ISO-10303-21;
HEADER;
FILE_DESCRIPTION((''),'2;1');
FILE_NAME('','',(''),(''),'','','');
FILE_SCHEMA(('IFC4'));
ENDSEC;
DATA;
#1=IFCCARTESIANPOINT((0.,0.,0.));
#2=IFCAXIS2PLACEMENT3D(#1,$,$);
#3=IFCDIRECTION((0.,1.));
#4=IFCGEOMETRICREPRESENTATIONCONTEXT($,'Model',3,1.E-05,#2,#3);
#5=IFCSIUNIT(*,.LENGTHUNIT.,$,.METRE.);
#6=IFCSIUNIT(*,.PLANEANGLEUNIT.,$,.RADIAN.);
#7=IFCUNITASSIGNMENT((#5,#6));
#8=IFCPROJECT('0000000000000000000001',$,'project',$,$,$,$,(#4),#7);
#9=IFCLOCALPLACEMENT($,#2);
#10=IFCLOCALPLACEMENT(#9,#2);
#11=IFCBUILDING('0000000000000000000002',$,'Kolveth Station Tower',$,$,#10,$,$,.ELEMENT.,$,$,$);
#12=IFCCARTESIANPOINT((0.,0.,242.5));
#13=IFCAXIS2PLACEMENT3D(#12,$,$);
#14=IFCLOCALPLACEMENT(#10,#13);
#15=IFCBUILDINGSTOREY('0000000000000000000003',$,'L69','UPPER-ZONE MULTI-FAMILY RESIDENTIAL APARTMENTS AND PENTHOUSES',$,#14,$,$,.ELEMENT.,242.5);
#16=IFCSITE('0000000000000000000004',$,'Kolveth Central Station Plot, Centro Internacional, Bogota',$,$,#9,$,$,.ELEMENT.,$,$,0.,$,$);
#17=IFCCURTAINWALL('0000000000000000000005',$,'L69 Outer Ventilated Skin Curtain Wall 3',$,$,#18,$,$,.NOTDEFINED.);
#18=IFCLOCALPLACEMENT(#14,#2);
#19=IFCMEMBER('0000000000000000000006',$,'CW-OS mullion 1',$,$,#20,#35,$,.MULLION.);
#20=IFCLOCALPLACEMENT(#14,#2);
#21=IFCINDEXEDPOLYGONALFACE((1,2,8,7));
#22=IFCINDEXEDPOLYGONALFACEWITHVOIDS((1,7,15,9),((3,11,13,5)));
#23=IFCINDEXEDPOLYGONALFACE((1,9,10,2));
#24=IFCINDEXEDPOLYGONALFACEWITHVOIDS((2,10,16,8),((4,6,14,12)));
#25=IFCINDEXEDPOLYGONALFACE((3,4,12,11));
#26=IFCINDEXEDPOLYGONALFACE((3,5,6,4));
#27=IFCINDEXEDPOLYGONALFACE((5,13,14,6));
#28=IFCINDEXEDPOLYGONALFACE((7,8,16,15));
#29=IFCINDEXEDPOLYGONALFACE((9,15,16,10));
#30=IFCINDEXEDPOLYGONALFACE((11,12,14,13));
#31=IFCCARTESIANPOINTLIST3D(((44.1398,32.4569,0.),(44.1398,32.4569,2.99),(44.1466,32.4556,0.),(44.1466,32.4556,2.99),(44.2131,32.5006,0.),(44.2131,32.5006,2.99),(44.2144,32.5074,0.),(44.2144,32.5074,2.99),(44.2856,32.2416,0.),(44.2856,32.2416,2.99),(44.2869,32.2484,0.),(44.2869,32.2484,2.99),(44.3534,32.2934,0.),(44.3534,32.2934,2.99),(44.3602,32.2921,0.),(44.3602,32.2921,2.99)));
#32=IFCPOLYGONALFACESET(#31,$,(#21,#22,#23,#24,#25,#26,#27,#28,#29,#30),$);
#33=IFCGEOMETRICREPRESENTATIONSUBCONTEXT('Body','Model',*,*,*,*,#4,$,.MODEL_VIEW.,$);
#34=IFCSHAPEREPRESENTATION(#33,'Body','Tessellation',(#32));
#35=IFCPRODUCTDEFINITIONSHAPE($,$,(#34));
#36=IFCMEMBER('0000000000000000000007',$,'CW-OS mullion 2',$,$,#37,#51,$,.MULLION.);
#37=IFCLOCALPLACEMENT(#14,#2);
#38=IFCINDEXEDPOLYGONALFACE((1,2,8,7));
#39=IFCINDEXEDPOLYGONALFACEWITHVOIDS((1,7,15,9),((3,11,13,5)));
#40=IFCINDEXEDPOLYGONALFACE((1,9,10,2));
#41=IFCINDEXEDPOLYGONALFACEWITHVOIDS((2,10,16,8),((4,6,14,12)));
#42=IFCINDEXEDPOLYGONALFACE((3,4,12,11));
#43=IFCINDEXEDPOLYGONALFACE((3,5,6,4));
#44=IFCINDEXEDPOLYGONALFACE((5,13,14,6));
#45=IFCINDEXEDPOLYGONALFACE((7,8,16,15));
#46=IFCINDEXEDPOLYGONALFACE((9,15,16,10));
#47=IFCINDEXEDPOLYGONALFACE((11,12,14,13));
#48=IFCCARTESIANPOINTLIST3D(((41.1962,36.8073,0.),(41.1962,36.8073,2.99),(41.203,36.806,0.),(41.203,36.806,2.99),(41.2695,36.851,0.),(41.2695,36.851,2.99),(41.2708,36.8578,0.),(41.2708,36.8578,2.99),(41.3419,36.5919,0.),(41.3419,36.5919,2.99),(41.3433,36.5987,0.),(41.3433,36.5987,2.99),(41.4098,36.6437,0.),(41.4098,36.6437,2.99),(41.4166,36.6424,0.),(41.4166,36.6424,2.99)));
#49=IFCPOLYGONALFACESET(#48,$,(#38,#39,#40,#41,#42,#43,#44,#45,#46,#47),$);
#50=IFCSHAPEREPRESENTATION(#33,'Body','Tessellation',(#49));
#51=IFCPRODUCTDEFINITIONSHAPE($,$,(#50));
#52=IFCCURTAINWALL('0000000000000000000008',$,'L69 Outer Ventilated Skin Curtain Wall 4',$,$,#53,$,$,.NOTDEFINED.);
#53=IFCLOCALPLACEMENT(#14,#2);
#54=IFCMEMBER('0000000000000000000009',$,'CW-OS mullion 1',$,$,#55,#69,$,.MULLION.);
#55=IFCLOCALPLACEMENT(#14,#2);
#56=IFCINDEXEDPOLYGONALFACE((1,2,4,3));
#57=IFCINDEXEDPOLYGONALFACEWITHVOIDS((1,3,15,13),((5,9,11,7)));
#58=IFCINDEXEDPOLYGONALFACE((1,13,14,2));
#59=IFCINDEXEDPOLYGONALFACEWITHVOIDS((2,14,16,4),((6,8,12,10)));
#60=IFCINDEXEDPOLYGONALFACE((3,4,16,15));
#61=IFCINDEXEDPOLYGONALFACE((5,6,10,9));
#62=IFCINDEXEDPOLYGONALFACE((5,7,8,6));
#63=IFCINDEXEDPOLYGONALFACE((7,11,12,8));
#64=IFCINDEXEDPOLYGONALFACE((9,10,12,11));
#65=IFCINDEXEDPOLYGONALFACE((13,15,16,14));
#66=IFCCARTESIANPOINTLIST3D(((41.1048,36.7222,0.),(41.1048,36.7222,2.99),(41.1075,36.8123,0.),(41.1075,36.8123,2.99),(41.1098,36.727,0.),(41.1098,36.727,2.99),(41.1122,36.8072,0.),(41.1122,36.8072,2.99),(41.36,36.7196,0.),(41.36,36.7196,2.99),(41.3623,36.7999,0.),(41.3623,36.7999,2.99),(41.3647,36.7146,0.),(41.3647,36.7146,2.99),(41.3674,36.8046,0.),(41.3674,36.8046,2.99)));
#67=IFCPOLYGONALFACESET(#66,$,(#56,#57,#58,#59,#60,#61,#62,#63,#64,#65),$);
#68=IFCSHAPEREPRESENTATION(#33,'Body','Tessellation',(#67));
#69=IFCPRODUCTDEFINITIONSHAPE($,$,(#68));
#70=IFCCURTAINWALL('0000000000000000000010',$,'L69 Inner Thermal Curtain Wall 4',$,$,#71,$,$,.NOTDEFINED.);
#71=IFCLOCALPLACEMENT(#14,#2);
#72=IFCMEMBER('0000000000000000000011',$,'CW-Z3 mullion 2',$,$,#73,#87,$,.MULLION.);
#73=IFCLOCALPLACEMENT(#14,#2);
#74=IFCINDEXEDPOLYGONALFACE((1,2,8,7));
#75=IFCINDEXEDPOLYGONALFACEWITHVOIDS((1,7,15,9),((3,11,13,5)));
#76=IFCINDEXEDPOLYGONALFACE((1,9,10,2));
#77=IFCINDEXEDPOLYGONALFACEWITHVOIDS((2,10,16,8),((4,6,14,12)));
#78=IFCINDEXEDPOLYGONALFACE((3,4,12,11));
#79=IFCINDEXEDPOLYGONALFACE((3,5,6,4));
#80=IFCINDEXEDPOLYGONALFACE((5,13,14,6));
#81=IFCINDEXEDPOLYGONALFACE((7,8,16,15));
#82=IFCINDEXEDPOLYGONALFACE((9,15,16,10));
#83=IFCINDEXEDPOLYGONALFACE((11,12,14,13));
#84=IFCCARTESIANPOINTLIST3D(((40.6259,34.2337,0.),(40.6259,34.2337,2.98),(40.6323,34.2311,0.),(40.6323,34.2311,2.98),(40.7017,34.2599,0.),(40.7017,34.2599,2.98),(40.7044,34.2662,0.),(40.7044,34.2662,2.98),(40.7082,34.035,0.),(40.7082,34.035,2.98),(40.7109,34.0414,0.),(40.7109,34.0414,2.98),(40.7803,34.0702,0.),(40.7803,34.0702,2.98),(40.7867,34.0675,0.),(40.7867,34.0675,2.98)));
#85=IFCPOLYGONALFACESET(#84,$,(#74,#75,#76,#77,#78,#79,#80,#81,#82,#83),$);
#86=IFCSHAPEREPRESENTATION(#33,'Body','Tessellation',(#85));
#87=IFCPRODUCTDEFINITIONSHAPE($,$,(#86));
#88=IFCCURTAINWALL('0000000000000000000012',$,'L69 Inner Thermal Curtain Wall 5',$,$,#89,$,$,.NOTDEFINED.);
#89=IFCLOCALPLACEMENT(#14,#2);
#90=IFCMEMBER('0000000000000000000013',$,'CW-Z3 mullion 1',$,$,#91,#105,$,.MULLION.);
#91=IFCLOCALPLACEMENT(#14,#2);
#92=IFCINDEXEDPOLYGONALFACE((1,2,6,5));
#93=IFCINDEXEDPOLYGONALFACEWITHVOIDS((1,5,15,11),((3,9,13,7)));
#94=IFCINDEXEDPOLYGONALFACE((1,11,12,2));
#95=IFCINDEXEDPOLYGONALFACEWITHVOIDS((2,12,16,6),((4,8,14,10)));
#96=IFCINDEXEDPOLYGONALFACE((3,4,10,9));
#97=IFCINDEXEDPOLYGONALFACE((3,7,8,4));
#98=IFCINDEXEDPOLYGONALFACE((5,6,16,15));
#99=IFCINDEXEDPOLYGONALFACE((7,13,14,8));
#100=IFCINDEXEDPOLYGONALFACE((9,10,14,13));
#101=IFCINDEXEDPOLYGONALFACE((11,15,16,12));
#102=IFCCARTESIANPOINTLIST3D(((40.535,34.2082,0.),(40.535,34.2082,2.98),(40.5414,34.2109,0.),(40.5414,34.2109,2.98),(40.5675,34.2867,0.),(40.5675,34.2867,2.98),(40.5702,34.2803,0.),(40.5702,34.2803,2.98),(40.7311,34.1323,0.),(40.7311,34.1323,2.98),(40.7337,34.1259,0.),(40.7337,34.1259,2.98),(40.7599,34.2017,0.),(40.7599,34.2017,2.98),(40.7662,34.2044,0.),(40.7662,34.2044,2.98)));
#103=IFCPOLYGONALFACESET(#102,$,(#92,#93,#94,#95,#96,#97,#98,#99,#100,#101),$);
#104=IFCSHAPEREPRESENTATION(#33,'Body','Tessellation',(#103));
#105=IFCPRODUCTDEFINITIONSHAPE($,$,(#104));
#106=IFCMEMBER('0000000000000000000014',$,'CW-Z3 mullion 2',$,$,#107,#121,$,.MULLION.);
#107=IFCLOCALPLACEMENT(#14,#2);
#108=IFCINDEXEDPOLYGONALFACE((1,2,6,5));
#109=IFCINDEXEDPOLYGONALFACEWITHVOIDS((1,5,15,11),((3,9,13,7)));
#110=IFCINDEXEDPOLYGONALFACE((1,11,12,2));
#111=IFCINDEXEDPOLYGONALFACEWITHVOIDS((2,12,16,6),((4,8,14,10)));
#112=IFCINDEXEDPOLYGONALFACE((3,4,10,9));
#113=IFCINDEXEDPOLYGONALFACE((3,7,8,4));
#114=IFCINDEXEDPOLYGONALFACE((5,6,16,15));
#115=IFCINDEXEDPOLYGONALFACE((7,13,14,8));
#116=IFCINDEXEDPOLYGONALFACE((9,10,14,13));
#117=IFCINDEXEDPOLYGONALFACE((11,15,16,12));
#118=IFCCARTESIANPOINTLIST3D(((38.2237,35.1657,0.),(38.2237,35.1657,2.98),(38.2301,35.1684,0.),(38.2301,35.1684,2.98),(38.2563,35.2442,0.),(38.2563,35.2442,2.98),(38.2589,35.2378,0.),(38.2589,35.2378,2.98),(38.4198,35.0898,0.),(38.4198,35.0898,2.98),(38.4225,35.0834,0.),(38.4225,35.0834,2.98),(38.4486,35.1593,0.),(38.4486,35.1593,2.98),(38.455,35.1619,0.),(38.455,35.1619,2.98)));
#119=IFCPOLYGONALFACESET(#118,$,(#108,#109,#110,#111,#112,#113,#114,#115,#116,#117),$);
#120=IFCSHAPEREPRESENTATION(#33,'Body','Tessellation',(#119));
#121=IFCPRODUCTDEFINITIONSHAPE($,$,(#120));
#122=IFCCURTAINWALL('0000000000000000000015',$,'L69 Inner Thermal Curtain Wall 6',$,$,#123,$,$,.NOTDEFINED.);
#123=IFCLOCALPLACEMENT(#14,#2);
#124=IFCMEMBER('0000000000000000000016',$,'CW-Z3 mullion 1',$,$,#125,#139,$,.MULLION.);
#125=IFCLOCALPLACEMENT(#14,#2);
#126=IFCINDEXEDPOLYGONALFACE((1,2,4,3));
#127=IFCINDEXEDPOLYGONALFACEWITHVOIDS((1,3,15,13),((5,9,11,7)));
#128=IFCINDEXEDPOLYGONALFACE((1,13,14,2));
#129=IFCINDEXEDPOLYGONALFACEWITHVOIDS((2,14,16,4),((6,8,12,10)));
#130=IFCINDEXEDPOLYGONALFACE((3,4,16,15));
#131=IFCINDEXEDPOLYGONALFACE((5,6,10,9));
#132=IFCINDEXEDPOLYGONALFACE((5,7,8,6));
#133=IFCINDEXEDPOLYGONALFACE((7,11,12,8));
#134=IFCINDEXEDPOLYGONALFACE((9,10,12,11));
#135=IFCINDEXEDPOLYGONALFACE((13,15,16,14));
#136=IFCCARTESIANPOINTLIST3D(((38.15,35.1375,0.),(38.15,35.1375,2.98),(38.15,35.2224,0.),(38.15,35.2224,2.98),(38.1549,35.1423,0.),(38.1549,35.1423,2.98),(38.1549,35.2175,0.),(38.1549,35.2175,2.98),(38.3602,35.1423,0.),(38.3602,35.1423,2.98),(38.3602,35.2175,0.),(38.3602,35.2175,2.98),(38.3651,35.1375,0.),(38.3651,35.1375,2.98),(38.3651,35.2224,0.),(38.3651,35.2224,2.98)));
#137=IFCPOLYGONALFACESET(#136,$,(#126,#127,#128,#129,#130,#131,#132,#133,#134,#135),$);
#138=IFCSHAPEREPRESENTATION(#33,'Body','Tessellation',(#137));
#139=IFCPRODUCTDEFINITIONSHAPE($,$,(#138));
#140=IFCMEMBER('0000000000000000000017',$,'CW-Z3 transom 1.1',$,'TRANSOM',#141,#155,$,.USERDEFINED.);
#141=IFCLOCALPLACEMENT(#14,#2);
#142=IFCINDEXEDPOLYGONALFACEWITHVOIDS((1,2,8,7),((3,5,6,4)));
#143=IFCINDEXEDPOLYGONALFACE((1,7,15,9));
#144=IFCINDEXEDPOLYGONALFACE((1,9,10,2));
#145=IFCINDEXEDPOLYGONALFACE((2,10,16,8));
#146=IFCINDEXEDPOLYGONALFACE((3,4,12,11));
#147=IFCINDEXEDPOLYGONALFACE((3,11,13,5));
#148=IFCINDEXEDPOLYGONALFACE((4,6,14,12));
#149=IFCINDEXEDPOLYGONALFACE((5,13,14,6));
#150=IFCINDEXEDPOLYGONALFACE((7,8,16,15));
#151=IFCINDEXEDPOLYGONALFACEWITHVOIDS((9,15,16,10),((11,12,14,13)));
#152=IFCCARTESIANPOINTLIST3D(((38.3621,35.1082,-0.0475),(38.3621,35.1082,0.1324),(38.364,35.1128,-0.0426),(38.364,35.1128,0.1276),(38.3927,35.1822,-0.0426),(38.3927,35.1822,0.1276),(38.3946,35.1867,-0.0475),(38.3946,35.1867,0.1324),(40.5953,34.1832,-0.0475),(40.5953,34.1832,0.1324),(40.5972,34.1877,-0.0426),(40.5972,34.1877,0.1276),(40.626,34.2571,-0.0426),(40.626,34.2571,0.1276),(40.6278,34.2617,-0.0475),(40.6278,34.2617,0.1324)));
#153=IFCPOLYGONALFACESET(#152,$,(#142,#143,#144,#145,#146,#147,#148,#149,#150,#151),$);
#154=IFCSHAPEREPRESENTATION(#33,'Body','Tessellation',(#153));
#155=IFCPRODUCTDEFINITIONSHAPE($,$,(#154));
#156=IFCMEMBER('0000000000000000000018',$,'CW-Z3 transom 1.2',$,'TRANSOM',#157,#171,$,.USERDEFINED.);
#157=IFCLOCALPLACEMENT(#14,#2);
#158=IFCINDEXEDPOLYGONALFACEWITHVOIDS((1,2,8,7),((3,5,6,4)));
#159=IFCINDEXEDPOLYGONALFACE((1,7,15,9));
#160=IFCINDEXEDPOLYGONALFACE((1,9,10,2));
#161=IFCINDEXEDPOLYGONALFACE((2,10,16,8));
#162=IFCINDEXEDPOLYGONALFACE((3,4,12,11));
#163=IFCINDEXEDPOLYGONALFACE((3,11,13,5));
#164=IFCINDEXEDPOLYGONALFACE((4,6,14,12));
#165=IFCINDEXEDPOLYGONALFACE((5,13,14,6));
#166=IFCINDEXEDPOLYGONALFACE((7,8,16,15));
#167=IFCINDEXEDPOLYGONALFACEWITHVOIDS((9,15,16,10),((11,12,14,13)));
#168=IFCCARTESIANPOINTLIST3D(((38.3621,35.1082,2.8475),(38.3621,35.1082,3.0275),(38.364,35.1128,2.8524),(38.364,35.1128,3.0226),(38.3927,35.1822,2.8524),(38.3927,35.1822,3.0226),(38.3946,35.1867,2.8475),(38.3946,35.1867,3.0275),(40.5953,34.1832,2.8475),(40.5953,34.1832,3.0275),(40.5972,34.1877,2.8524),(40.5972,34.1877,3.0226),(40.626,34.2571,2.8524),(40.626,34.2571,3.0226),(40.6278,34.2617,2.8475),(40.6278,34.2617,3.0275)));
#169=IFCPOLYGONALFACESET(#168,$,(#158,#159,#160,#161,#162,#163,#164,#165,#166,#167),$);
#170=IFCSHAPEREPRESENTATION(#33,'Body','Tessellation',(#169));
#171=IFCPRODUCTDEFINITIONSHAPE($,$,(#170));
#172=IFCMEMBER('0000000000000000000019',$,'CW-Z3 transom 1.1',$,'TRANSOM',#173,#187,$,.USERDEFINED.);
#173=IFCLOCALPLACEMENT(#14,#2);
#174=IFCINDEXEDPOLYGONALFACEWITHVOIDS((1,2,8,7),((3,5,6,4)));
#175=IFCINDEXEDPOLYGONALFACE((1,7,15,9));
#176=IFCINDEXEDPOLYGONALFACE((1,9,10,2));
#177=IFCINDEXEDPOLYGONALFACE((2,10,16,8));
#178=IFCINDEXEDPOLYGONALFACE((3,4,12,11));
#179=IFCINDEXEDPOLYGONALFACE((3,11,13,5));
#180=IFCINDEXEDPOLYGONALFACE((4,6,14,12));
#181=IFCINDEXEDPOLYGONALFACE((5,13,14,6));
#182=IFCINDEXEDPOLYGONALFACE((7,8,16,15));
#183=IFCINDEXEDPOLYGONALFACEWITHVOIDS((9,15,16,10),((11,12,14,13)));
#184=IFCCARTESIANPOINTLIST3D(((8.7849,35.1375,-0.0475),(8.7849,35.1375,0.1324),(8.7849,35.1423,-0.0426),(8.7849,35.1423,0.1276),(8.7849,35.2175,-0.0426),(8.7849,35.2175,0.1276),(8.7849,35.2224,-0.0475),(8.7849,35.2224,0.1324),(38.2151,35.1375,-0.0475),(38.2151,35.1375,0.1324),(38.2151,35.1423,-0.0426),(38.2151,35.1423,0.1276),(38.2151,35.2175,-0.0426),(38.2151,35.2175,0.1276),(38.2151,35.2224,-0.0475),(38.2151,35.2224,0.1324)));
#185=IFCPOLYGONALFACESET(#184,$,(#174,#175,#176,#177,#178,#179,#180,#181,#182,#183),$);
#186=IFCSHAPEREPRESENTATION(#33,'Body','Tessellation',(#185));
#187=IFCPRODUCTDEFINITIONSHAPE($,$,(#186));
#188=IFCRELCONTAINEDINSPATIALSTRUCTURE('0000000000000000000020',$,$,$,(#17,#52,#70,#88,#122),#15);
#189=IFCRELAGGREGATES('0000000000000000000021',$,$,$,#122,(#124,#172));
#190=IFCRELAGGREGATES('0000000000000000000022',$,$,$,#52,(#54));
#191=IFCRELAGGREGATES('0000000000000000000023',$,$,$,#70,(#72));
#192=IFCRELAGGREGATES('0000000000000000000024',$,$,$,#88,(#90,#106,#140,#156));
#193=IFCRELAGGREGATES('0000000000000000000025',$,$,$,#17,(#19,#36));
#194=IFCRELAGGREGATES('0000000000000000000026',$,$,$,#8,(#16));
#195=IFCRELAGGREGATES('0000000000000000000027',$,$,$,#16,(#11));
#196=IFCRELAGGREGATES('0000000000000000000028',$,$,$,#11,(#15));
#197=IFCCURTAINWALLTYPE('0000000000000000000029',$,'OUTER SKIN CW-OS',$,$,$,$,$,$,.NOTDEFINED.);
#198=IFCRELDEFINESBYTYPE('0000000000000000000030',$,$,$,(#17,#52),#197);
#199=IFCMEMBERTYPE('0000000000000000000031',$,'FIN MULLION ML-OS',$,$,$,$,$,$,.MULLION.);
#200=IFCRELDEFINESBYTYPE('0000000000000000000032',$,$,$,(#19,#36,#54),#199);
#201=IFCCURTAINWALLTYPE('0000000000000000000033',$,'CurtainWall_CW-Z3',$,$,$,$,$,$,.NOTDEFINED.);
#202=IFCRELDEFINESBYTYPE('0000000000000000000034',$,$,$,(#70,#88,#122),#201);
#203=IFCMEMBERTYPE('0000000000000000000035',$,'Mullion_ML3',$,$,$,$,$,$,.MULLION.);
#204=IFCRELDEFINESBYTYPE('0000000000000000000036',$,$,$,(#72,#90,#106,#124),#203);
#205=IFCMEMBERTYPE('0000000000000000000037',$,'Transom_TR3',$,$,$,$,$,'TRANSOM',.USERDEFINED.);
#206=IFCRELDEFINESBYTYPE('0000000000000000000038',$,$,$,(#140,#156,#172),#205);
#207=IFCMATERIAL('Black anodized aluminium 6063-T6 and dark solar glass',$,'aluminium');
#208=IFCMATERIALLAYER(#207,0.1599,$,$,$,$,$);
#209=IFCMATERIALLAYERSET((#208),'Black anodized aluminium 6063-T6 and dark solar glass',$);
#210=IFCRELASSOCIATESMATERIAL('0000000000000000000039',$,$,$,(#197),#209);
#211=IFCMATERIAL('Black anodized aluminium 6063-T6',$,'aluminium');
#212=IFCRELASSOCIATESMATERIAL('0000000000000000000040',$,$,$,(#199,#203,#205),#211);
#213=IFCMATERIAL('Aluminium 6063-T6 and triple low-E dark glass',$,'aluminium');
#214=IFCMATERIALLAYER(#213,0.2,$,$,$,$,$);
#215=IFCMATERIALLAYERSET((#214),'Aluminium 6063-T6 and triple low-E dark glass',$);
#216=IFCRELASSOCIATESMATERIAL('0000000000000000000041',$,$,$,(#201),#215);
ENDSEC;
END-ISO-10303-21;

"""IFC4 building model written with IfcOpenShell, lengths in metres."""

from ifc_helpers import new_model, si_unit, direction, frame, origin, origin_2d, place, context, subcontext, project, spatial, hollow_rectangle, extrude, source, transform, mapped, material, layer, layer_set, material_profile, profile_set, type_object, element, aggregate, save


model = new_model("IFC4")

# Units and contexts
model_context = context("Model", 3, precision=1e-05, world=origin(), true_north=direction((0.0, 1.0)))
body_context = subcontext(model_context, "Body", "Model", "MODEL_VIEW")
ifc_project = project(units=[si_unit("LENGTHUNIT", "METRE"), si_unit("PLANEANGLEUNIT", "RADIAN")], contexts=[model_context])

# Site, building, storey
site_placement = place(None, origin())
site = spatial("IfcSite", under=ifc_project, at=site_placement, Name="Kolveth Central Station Plot, Centro Internacional, Bogota", CompositionType="ELEMENT", RefElevation=0.0)
building_placement = place(site_placement, origin())
building = spatial("IfcBuilding", under=site, at=building_placement, Name="Kolveth Station Tower", CompositionType="ELEMENT")
storey_placement = place(building_placement, frame((0.0, 0.0, 242.5)))
storey = spatial("IfcBuildingStorey", under=building, at=storey_placement, Name="L69", Description="UPPER-ZONE MULTI-FAMILY RESIDENTIAL APARTMENTS AND PENTHOUSES", CompositionType="ELEMENT", Elevation=242.5)

# Curtain wall, members
ifc_material_1 = material(Name="Black anodized aluminium 6063-T6 and dark solar glass", Category="aluminium")
ifc_layer_1 = layer(ifc_material_1, 0.1599)
ifc_layer_set_1 = layer_set([ifc_layer_1], Name="Black anodized aluminium 6063-T6 and dark solar glass")
curtain_wall_type_1 = type_object("IfcCurtainWallType", Name="OUTER SKIN CW-OS", PredefinedType="NOTDEFINED", material=ifc_layer_set_1)
curtain_wall_1_placement = place(storey_placement, origin())
curtain_wall_1 = element("IfcCurtainWall", 1, at=curtain_wall_1_placement, inside=storey, type_object=curtain_wall_type_1, Name="L69 Outer Ventilated Skin Curtain Wall 3", PredefinedType="NOTDEFINED")
ifc_material_2 = material(Name="Black anodized aluminium 6063-T6", Category="aluminium")
ifc_material_profile_1 = material_profile(ifc_material_2, hollow_rectangle(XDim=0.0901, YDim=0.26, WallThickness=0.0049, at=origin_2d()), Name="ALU-90x260x5")
ifc_profile_set_1 = profile_set([ifc_material_profile_1], Name="Black anodized aluminium 6063-T6")
member_type_1 = type_object("IfcMemberType", Name="FIN MULLION ML-OS", PredefinedType="MULLION", material=ifc_profile_set_1)
shared_shape_1 = source(origin(), body_context, "Body", "SweptSolid", [
    extrude(hollow_rectangle(XDim=0.0901, YDim=0.26, WallThickness=0.0049, at=origin_2d()), origin(), (0.0, 0.0, 1.0), 2.99),
])
member_1_placement = place(storey_placement, frame((44.25, 32.3745, 0.0), z_axis=(0.0, 0.0, 1.0), x_axis=(-0.828209, -0.560419, 0.0)))
member_1 = element("IfcMember", 2, at=member_1_placement, type_object=member_type_1, Name="CW-OS mullion 1", PredefinedType="MULLION", context=body_context, shape_type="MappedRepresentation", body=[
    mapped(shared_shape_1, transform((0.0, 0.0, 0.0), x_axis=(1.0, 0.0, 0.0), y_axis=(0.0, 1.0, 0.0), z_axis=(0.0, 0.0, 1.0), scale=1.0)),
])
member_2_placement = place(storey_placement, frame((41.3064, 36.7249, 0.0), z_axis=(0.0, 0.0, 1.0), x_axis=(-0.828209, -0.560419, 0.0)))
member_2 = element("IfcMember", 3, at=member_2_placement, type_object=member_type_1, Name="CW-OS mullion 2", PredefinedType="MULLION", context=body_context, shape_type="MappedRepresentation", body=[
    mapped(shared_shape_1, transform((0.0, 0.0, 0.0), x_axis=(1.0, 0.0, 0.0), y_axis=(0.0, 1.0, 0.0), z_axis=(0.0, 0.0, 1.0), scale=1.0)),
])

# Curtain walls, members
curtain_wall_2_placement = place(storey_placement, origin())
curtain_wall_2 = element("IfcCurtainWall", 4, at=curtain_wall_2_placement, inside=storey, type_object=curtain_wall_type_1, Name="L69 Outer Ventilated Skin Curtain Wall 4", PredefinedType="NOTDEFINED")
member_3_placement = place(storey_placement, frame((41.2361, 36.7634, 0.0), z_axis=(0.0, 0.0, 1.0), x_axis=(-0.029313, -0.99957, 0.0)))
member_3 = element("IfcMember", 5, at=member_3_placement, type_object=member_type_1, Name="CW-OS mullion 1", PredefinedType="MULLION", context=body_context, shape_type="MappedRepresentation", body=[
    mapped(shared_shape_1, transform((0.0, 0.0, 0.0), x_axis=(1.0, 0.0, 0.0), y_axis=(0.0, 1.0, 0.0), z_axis=(0.0, 0.0, 1.0), scale=1.0)),
])
ifc_material_3 = material(Name="Aluminium 6063-T6 and triple low-E dark glass", Category="aluminium")
ifc_layer_2 = layer(ifc_material_3, 0.2)
ifc_layer_set_2 = layer_set([ifc_layer_2], Name="Aluminium 6063-T6 and triple low-E dark glass")
curtain_wall_type_2 = type_object("IfcCurtainWallType", Name="CurtainWall_CW-Z3", PredefinedType="NOTDEFINED", material=ifc_layer_set_2)
curtain_wall_3_placement = place(storey_placement, origin())
curtain_wall_3 = element("IfcCurtainWall", 6, at=curtain_wall_3_placement, inside=storey, type_object=curtain_wall_type_2, Name="L69 Inner Thermal Curtain Wall 4", PredefinedType="NOTDEFINED")
ifc_material_profile_2 = material_profile(ifc_material_2, hollow_rectangle(XDim=0.085, YDim=0.2151, WallThickness=0.0049, at=origin_2d()), Name="ALU-85x215x5")
ifc_profile_set_2 = profile_set([ifc_material_profile_2], Name="Black anodized aluminium 6063-T6")
member_type_2 = type_object("IfcMemberType", Name="Mullion_ML3", PredefinedType="MULLION", material=ifc_profile_set_2)
shared_shape_2 = source(origin(), body_context, "Body", "SweptSolid", [
    extrude(hollow_rectangle(XDim=0.085, YDim=0.2151, WallThickness=0.0049, at=origin_2d()), origin(), (0.0, 0.0, 1.0), 2.98),
])
member_4_placement = place(storey_placement, frame((40.7063, 34.1506, 0.0), z_axis=(0.0, 0.0, 1.0), x_axis=(-0.923875, -0.382693, 0.0)))
member_4 = element("IfcMember", 7, at=member_4_placement, type_object=member_type_2, Name="CW-Z3 mullion 2", PredefinedType="MULLION", context=body_context, shape_type="MappedRepresentation", body=[
    mapped(shared_shape_2, transform((0.0, 0.0, 0.0), x_axis=(1.0, 0.0, 0.0), y_axis=(0.0, 1.0, 0.0), z_axis=(0.0, 0.0, 1.0), scale=1.0)),
])

# Curtain wall, members
curtain_wall_4_placement = place(storey_placement, origin())
curtain_wall_4 = element("IfcCurtainWall", 8, at=curtain_wall_4_placement, inside=storey, type_object=curtain_wall_type_2, Name="L69 Inner Thermal Curtain Wall 5", PredefinedType="NOTDEFINED")
member_5_placement = place(storey_placement, frame((40.6506, 34.2063, 0.0), z_axis=(0.0, 0.0, 1.0), x_axis=(-0.382693, -0.923875, 0.0)))
member_5 = element("IfcMember", 9, at=member_5_placement, type_object=member_type_2, Name="CW-Z3 mullion 1", PredefinedType="MULLION", context=body_context, shape_type="MappedRepresentation", body=[
    mapped(shared_shape_2, transform((0.0, 0.0, 0.0), x_axis=(1.0, 0.0, 0.0), y_axis=(0.0, 1.0, 0.0), z_axis=(0.0, 0.0, 1.0), scale=1.0)),
])
member_6_placement = place(storey_placement, frame((38.3394, 35.1638, 0.0), z_axis=(0.0, 0.0, 1.0), x_axis=(-0.382693, -0.923875, 0.0)))
member_6 = element("IfcMember", 10, at=member_6_placement, type_object=member_type_2, Name="CW-Z3 mullion 2", PredefinedType="MULLION", context=body_context, shape_type="MappedRepresentation", body=[
    mapped(shared_shape_2, transform((0.0, 0.0, 0.0), x_axis=(1.0, 0.0, 0.0), y_axis=(0.0, 1.0, 0.0), z_axis=(0.0, 0.0, 1.0), scale=1.0)),
])

# Curtain wall, member
curtain_wall_5_placement = place(storey_placement, origin())
curtain_wall_5 = element("IfcCurtainWall", 11, at=curtain_wall_5_placement, inside=storey, type_object=curtain_wall_type_2, Name="L69 Inner Thermal Curtain Wall 6", PredefinedType="NOTDEFINED")
member_7_placement = place(storey_placement, frame((38.2576, 35.1799, 0.0), z_axis=(0.0, 0.0, 1.0), x_axis=(0.0, -1.0, 0.0)))
member_7 = element("IfcMember", 12, at=member_7_placement, type_object=member_type_2, Name="CW-Z3 mullion 1", PredefinedType="MULLION", context=body_context, shape_type="MappedRepresentation", body=[
    mapped(shared_shape_2, transform((0.0, 0.0, 0.0), x_axis=(1.0, 0.0, 0.0), y_axis=(0.0, 1.0, 0.0), z_axis=(0.0, 0.0, 1.0), scale=1.0)),
])

# Members
ifc_material_profile_3 = material_profile(ifc_material_2, hollow_rectangle(XDim=0.085, YDim=0.1799, WallThickness=0.0049, at=origin_2d()), Name="ALU-85x180x5")
ifc_profile_set_3 = profile_set([ifc_material_profile_3], Name="Black anodized aluminium 6063-T6")
member_type_3 = type_object("IfcMemberType", Name="Transom_TR3", ElementType="TRANSOM", PredefinedType="USERDEFINED", material=ifc_profile_set_3)
shared_shape_3 = source(origin(), body_context, "Body", "SweptSolid", [
    extrude(hollow_rectangle(XDim=0.085, YDim=0.1799, WallThickness=0.0049, at=origin_2d()), origin(), (0.0, 0.0, 1.0), 2.4172),
])
member_8_placement = place(storey_placement, frame((40.6116, 34.2224, 0.0425), z_axis=(-0.923873, 0.3827, 0.0), x_axis=(-0.3827, -0.923873, 0.0)))
member_8 = element("IfcMember", 13, at=member_8_placement, type_object=member_type_3, Name="CW-Z3 transom 1.1", ObjectType="TRANSOM", PredefinedType="USERDEFINED", context=body_context, shape_type="MappedRepresentation", body=[
    mapped(shared_shape_3, transform((0.0, 0.0, 0.0), x_axis=(1.0, 0.0, 0.0), y_axis=(0.0, 1.0, 0.0), z_axis=(0.0, 0.0, 1.0), scale=1.0)),
])
member_9_placement = place(storey_placement, frame((40.6116, 34.2224, 2.9375), z_axis=(-0.923873, 0.3827, 0.0), x_axis=(-0.3827, -0.923873, 0.0)))
member_9 = element("IfcMember", 14, at=member_9_placement, type_object=member_type_3, Name="CW-Z3 transom 1.2", ObjectType="TRANSOM", PredefinedType="USERDEFINED", context=body_context, shape_type="MappedRepresentation", body=[
    mapped(shared_shape_3, transform((0.0, 0.0, 0.0), x_axis=(1.0, 0.0, 0.0), y_axis=(0.0, 1.0, 0.0), z_axis=(0.0, 0.0, 1.0), scale=1.0)),
])
shared_shape_4 = source(origin(), body_context, "Body", "SweptSolid", [
    extrude(hollow_rectangle(XDim=0.085, YDim=0.1799, WallThickness=0.0049, at=origin_2d()), origin(), (0.0, 0.0, 1.0), 29.4302),
])
member_10_placement = place(storey_placement, frame((38.2151, 35.1799, 0.0425), z_axis=(-1.0, 0.0, 0.0), x_axis=(0.0, -1.0, 0.0)))
member_10 = element("IfcMember", 15, at=member_10_placement, type_object=member_type_3, Name="CW-Z3 transom 1.1", ObjectType="TRANSOM", PredefinedType="USERDEFINED", context=body_context, shape_type="MappedRepresentation", body=[
    mapped(shared_shape_4, transform((0.0, 0.0, 0.0), x_axis=(1.0, 0.0, 0.0), y_axis=(0.0, 1.0, 0.0), z_axis=(0.0, 0.0, 1.0), scale=1.0)),
])
aggregate(curtain_wall_5, [member_7, member_10])
aggregate(curtain_wall_2, [member_3])

aggregate(curtain_wall_3, [member_4])
aggregate(curtain_wall_4, [member_5, member_6, member_8, member_9])
aggregate(curtain_wall_1, [member_1, member_2])

save(model, "model.ifc")
